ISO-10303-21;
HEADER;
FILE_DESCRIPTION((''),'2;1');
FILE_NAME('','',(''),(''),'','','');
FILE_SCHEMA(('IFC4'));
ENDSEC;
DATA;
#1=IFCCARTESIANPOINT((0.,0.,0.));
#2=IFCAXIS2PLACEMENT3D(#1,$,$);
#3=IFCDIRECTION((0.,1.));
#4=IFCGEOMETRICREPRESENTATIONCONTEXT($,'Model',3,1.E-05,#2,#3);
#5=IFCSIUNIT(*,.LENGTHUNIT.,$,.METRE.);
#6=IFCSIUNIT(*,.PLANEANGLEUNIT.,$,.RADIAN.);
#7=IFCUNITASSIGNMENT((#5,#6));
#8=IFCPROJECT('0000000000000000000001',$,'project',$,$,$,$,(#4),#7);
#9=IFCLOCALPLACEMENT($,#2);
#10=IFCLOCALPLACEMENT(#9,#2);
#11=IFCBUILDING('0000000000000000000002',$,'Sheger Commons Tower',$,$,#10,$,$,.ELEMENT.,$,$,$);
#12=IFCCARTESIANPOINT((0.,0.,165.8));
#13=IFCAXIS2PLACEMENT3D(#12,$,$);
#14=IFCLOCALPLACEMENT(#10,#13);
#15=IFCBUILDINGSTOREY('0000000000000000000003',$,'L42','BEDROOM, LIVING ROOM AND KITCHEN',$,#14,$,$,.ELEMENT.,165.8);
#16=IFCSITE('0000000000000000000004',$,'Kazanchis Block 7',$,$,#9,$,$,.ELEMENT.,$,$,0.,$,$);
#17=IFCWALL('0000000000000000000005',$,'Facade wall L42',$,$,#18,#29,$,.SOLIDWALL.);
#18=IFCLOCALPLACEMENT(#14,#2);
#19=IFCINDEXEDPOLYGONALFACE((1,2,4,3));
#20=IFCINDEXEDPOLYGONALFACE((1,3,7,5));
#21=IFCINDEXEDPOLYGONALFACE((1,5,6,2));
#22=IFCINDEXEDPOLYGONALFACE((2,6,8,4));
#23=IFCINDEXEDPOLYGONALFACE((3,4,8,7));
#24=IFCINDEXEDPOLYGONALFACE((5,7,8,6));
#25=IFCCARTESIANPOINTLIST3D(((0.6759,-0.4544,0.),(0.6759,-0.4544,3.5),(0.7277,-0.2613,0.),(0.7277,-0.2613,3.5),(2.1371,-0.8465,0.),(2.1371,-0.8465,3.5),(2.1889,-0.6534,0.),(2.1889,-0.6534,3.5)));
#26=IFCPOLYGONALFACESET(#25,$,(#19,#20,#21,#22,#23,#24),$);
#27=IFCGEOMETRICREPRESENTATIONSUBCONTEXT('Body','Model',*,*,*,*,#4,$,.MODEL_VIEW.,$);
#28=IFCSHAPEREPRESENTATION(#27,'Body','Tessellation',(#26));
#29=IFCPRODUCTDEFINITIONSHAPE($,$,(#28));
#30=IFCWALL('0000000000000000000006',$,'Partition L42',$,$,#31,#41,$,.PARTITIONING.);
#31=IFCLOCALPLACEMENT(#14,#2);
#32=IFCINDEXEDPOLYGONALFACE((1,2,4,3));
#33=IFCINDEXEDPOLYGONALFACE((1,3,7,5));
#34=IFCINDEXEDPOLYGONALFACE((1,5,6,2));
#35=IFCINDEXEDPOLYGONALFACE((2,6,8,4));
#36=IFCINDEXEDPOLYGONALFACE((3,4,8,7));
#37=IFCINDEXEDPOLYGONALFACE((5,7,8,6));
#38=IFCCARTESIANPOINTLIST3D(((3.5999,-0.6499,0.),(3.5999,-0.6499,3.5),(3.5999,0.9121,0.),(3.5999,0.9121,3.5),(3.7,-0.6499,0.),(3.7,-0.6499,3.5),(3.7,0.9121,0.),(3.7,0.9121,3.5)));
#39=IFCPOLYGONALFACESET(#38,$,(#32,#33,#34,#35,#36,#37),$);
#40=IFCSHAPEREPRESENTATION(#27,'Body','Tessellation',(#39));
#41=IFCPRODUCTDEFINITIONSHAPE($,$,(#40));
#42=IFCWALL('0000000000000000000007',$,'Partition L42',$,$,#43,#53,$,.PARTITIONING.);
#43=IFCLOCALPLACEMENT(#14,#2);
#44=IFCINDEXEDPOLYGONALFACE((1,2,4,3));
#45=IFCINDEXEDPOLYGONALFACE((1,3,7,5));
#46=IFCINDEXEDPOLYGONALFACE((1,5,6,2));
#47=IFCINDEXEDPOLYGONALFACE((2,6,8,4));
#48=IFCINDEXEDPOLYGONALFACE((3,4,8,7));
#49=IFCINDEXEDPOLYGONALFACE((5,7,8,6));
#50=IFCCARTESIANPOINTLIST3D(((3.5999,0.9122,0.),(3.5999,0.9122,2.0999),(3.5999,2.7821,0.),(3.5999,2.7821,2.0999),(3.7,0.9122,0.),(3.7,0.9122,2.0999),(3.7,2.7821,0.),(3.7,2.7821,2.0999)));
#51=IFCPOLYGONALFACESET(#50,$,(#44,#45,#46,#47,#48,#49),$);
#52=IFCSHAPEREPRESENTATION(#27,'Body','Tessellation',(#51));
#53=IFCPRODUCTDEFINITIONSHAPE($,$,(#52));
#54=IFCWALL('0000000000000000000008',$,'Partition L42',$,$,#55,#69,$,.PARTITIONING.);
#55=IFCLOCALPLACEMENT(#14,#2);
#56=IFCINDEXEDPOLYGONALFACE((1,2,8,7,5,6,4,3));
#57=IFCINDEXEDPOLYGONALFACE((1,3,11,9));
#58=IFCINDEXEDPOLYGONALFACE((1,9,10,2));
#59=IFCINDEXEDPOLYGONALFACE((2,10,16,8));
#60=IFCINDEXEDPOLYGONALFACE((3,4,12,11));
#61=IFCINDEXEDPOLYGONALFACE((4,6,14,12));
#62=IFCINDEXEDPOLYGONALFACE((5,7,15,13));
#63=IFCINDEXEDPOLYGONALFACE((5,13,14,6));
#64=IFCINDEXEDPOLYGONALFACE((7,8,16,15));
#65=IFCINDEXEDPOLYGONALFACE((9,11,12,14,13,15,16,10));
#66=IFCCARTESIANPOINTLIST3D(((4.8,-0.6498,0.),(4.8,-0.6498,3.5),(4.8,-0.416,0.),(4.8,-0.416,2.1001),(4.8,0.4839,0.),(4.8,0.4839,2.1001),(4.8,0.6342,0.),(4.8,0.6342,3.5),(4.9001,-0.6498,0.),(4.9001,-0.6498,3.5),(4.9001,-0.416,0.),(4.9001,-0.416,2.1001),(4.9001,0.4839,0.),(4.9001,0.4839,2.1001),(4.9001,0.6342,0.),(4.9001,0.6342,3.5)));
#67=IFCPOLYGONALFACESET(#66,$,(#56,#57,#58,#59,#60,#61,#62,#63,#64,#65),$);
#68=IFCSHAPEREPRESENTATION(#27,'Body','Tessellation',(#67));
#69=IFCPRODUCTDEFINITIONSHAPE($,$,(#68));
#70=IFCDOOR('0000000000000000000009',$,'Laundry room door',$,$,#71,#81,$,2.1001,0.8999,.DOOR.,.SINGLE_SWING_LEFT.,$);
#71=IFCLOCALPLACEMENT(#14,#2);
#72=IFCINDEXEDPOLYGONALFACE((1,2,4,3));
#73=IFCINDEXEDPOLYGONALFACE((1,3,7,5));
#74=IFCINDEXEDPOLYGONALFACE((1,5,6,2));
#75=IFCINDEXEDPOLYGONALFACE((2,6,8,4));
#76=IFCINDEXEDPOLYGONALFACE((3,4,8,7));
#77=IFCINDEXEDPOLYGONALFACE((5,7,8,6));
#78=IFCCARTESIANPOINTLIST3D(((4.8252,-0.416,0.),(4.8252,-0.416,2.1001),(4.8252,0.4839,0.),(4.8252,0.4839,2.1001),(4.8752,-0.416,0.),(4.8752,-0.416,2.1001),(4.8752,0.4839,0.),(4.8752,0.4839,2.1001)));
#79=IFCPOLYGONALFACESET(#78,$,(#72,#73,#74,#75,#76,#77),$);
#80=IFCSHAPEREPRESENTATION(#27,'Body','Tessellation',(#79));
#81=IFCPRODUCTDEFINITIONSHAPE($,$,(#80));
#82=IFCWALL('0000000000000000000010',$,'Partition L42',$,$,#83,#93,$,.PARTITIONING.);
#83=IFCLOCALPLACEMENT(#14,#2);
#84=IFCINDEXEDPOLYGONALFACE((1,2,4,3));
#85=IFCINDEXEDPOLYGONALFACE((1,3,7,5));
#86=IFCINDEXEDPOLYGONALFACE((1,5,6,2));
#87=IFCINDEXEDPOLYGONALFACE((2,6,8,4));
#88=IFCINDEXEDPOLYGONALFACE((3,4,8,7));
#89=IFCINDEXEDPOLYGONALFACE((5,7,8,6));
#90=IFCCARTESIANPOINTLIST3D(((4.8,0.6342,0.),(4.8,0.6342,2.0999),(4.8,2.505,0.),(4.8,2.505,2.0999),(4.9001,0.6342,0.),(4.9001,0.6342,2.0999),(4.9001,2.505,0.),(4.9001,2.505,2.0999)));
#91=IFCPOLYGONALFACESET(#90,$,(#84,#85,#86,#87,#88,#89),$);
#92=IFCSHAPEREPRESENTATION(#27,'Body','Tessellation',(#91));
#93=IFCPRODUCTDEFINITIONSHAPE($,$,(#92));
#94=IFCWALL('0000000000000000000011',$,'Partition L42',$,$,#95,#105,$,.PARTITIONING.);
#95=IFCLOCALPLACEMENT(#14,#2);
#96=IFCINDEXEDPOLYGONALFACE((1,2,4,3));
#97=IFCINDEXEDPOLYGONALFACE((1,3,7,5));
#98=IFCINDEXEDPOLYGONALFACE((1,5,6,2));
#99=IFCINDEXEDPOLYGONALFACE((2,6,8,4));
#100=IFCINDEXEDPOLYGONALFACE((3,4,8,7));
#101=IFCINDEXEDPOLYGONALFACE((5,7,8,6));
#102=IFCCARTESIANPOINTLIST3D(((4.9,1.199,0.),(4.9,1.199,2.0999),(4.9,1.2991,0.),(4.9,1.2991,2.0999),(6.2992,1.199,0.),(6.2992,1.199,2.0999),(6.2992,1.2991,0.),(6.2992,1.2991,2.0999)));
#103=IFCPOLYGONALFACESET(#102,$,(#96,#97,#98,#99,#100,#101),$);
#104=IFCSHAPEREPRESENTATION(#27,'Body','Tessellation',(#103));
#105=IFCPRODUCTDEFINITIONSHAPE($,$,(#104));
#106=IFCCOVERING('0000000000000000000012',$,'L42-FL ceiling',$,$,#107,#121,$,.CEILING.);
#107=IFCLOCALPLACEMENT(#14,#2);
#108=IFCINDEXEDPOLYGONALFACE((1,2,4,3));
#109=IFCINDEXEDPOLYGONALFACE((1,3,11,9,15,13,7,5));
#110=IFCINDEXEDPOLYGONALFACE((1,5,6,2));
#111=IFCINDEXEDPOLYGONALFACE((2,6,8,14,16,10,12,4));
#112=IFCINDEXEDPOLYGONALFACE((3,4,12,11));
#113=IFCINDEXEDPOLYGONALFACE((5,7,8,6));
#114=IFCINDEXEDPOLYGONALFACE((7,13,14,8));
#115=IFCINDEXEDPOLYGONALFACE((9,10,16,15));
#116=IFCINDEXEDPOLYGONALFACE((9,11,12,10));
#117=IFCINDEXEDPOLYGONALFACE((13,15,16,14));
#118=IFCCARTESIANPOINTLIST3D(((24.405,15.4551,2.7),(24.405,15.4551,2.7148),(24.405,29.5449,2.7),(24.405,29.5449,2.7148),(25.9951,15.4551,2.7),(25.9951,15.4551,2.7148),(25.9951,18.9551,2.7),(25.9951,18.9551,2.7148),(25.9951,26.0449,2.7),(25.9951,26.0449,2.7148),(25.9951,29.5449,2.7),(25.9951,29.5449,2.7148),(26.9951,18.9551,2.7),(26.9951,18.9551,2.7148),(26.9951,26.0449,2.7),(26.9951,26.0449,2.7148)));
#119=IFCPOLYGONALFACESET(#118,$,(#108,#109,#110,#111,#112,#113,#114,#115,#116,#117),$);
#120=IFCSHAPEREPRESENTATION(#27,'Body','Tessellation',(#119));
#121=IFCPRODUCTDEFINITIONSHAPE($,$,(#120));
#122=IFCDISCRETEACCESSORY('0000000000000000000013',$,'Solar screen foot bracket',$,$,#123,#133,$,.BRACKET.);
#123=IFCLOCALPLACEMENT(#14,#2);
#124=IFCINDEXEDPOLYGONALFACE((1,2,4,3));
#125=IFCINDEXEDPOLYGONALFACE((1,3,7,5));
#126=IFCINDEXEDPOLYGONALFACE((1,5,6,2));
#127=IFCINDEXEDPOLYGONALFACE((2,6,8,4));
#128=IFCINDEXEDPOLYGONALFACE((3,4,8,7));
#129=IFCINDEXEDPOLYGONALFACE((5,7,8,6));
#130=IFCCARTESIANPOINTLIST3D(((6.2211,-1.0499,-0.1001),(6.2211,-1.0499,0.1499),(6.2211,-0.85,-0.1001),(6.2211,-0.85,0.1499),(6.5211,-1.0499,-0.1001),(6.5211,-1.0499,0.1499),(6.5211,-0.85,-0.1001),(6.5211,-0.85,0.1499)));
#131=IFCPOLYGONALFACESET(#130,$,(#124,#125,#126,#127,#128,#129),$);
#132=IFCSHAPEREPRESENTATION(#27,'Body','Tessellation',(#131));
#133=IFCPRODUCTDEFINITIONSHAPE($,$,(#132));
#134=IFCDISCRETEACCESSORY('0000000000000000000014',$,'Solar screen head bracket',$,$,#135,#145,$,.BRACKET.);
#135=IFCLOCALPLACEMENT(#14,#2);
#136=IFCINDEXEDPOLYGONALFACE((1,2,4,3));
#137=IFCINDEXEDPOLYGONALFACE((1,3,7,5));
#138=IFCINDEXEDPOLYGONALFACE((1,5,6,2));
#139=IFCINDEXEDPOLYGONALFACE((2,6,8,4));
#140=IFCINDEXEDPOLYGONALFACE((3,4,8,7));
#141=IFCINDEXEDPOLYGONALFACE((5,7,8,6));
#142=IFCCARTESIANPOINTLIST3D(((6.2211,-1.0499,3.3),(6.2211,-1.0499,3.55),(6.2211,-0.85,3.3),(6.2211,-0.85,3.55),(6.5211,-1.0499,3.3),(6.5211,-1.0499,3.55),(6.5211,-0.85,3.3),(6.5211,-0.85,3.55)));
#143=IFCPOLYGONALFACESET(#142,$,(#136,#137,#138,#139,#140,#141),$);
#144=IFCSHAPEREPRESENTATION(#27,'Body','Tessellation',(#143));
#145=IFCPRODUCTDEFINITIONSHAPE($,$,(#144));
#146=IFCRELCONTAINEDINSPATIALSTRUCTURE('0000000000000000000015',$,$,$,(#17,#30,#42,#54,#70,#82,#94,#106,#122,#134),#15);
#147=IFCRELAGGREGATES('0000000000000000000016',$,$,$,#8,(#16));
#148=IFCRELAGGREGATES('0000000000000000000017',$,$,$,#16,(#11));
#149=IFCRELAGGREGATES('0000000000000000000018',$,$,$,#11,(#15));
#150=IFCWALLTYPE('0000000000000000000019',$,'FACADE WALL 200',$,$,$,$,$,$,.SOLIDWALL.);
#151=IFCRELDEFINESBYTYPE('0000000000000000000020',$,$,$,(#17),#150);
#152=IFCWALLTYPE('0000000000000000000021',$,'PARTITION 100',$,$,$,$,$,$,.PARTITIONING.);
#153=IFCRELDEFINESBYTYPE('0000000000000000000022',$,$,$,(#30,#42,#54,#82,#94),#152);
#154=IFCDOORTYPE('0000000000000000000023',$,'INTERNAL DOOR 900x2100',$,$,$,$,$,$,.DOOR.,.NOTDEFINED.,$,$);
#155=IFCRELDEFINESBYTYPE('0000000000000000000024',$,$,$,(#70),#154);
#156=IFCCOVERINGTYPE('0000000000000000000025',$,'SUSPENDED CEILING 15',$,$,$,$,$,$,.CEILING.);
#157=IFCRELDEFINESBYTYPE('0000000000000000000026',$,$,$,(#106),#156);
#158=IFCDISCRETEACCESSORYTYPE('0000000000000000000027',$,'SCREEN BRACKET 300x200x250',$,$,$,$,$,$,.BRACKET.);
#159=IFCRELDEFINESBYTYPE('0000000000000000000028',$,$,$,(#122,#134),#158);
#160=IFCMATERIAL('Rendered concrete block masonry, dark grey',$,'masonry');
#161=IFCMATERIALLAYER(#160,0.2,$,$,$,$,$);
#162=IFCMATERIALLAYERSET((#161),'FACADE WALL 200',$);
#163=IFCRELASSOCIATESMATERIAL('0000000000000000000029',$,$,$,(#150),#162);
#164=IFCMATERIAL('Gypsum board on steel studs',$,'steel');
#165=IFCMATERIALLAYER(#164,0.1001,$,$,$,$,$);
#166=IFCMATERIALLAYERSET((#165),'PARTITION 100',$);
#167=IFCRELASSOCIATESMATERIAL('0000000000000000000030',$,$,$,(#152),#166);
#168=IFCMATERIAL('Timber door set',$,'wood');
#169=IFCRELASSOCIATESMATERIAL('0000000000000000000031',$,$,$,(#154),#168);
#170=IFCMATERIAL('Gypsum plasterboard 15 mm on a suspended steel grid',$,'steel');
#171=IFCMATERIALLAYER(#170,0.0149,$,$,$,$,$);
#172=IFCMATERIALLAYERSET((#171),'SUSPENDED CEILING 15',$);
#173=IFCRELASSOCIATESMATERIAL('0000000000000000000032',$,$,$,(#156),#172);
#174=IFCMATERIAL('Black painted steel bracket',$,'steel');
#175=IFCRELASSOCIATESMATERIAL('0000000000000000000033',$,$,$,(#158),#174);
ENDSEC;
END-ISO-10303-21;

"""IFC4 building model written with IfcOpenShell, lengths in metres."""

from ifc_helpers import new_model, si_unit, direction, frame, frame_2d, origin, origin_2d, place, context, subcontext, project, spatial, polyline, rectangle, outline, extrude, material, layer, layer_set, type_object, element, fill, save


model = new_model("IFC4")

# Units and contexts
model_context = context("Model", 3, precision=1e-05, world=origin(), true_north=direction((0.0, 1.0)))
body_context = subcontext(model_context, "Body", "Model", "MODEL_VIEW")
ifc_project = project(units=[si_unit("LENGTHUNIT", "METRE"), si_unit("PLANEANGLEUNIT", "RADIAN")], contexts=[model_context])

# Site, building, storey
site_placement = place(None, origin())
site = spatial("IfcSite", under=ifc_project, at=site_placement, Name="Kazanchis Block 7", CompositionType="ELEMENT", RefElevation=0.0)
building_placement = place(site_placement, origin())
building = spatial("IfcBuilding", under=site, at=building_placement, Name="Sheger Commons Tower", CompositionType="ELEMENT")
storey_placement = place(building_placement, frame((0.0, 0.0, 165.8)))
storey = spatial("IfcBuildingStorey", under=building, at=storey_placement, Name="L42", Description="BEDROOM, LIVING ROOM AND KITCHEN", CompositionType="ELEMENT", Elevation=165.8)

# Shared definitions
ifc_material_1 = material(Name="Rendered concrete block masonry, dark grey", Category="masonry")
ifc_layer_1 = layer(ifc_material_1, 0.2)
ifc_layer_set_1 = layer_set([ifc_layer_1], Name="FACADE WALL 200")
wall_type_1 = type_object("IfcWallType", Name="FACADE WALL 200", PredefinedType="SOLIDWALL", material=ifc_layer_set_1)

# Walls
wall_1_placement = place(storey_placement, frame((0.7019, -0.3579, 0.0), z_axis=(0.0, 0.0, 1.0), x_axis=(0.965832, -0.259169, 0.0)))
element("IfcWall", 1, at=wall_1_placement, inside=storey, type_object=wall_type_1, Name="Facade wall L42", PredefinedType="SOLIDWALL", context=body_context, shape_type="SweptSolid", body=[
    extrude(rectangle(XDim=1.5129, YDim=0.2, at=frame_2d((0.7563, 0.0))), origin(), (0.0, 0.0, 1.0), 3.5),
])
ifc_material_2 = material(Name="Gypsum board on steel studs", Category="steel")
ifc_layer_2 = layer(ifc_material_2, 0.1001)
ifc_layer_set_2 = layer_set([ifc_layer_2], Name="PARTITION 100")
wall_type_2 = type_object("IfcWallType", Name="PARTITION 100", PredefinedType="PARTITIONING", material=ifc_layer_set_2)
wall_2_placement = place(storey_placement, frame((3.6499, -0.6499, 0.0), z_axis=(0.0, 0.0, 1.0), x_axis=(0.0, 1.0, 0.0)))
element("IfcWall", 2, at=wall_2_placement, inside=storey, type_object=wall_type_2, Name="Partition L42", PredefinedType="PARTITIONING", context=body_context, shape_type="SweptSolid", body=[
    extrude(rectangle(XDim=1.562, YDim=0.1001, at=frame_2d((0.781, 0.0))), origin(), (0.0, 0.0, 1.0), 3.5),
])
wall_3_placement = place(storey_placement, frame((3.6499, 0.9121, 0.0), z_axis=(0.0, 0.0, 1.0), x_axis=(0.0, 1.0, 0.0)))
element("IfcWall", 3, at=wall_3_placement, inside=storey, type_object=wall_type_2, Name="Partition L42", PredefinedType="PARTITIONING", context=body_context, shape_type="SweptSolid", body=[
    extrude(rectangle(XDim=1.8699, YDim=0.1001, at=frame_2d((0.9351, 0.0))), origin(), (0.0, 0.0, 1.0), 2.0999),
])

# Wall, opening, door
wall_4_placement = place(storey_placement, frame((4.8501, -0.6499, 0.0), z_axis=(0.0, 0.0, 1.0), x_axis=(0.0, 1.0, 0.0)))
wall_4 = element("IfcWall", 4, at=wall_4_placement, inside=storey, type_object=wall_type_2, Name="Partition L42", PredefinedType="PARTITIONING", context=body_context, shape_type="SweptSolid", body=[
    extrude(rectangle(XDim=1.2839, YDim=0.1001, at=frame_2d((0.6421, 0.0))), origin(), (0.0, 0.0, 1.0), 3.5),
])
opening_1_placement = place(wall_4_placement, frame((0.2339, 0.0, 0.0)))
opening_1 = element("IfcOpeningElement", 5, at=opening_1_placement, cuts=wall_4, PredefinedType="OPENING", context=body_context, shape_type="SweptSolid", body=[
    extrude(rectangle(XDim=0.8999, YDim=2.1001, at=frame_2d((0.45, 1.05))), frame((0.0, 0.0601, 0.0), z_axis=(0.0, -1.0, 0.0), x_axis=(1.0, 0.0, 0.0)), (0.0, 0.0, 1.0), 0.1201),
])
ifc_material_3 = material(Name="Timber door set", Category="wood")
door_type = type_object("IfcDoorType", Name="INTERNAL DOOR 900x2100", OperationType="NOTDEFINED", PredefinedType="DOOR", material=ifc_material_3)
door_placement = place(opening_1_placement, origin())
door = element("IfcDoor", 6, at=door_placement, inside=storey, type_object=door_type, Name="Laundry room door", OperationType="SINGLE_SWING_LEFT", OverallHeight=2.1001, OverallWidth=0.8999, PredefinedType="DOOR", context=body_context, shape_type="SweptSolid", body=[
    extrude(rectangle(XDim=0.8999, YDim=2.1001, at=frame_2d((0.45, 1.05))), frame((0.0, 0.0249, 0.0), z_axis=(0.0, -1.0, 0.0), x_axis=(1.0, 0.0, 0.0)), (0.0, 0.0, 1.0), 0.05),
])
fill(opening_1, door)

# Walls
wall_5_placement = place(storey_placement, frame((4.8501, 0.634, 0.0), z_axis=(0.0, 0.0, 1.0), x_axis=(0.0, 1.0, 0.0)))
element("IfcWall", 7, at=wall_5_placement, inside=storey, type_object=wall_type_2, Name="Partition L42", PredefinedType="PARTITIONING", context=body_context, shape_type="SweptSolid", body=[
    extrude(rectangle(XDim=1.8708, YDim=0.1001, at=frame_2d((0.9355, 0.0))), origin(), (0.0, 0.0, 1.0), 2.0999),
])
wall_6_placement = place(storey_placement, frame((4.8999, 1.249, 0.0), z_axis=(0.0, 0.0, 1.0), x_axis=(1.0, 0.0, 0.0)))
element("IfcWall", 8, at=wall_6_placement, inside=storey, type_object=wall_type_2, Name="Partition L42", PredefinedType="PARTITIONING", context=body_context, shape_type="SweptSolid", body=[
    extrude(rectangle(XDim=1.3992, YDim=0.1001, at=frame_2d((0.6997, 0.0))), origin(), (0.0, 0.0, 1.0), 2.0999),
])

# Covering
ifc_material_4 = material(Name="Gypsum plasterboard 15 mm on a suspended steel grid", Category="steel")
ifc_layer_3 = layer(ifc_material_4, 0.0149)
ifc_layer_set_3 = layer_set([ifc_layer_3], Name="SUSPENDED CEILING 15")
covering_type = type_object("IfcCoveringType", Name="SUSPENDED CEILING 15", PredefinedType="CEILING", material=ifc_layer_set_3)
covering_placement = place(storey_placement, frame((0.0, 0.0, 2.7)))
element("IfcCovering", 9, at=covering_placement, inside=storey, type_object=covering_type, Name="L42-FL ceiling", PredefinedType="CEILING", context=body_context, shape_type="SweptSolid", body=[
    extrude(outline(polyline([(24.405, 15.4551), (25.9951, 15.4551), (25.9951, 18.9551), (26.9951, 18.9551), (26.9951, 26.0449), (25.9951, 26.0449), (25.9951, 29.5449), (24.405, 29.5449), (24.405, 15.4551)])), origin(), (0.0, 0.0, 1.0), 0.0149),
])

# Discrete accessories
ifc_material_5 = material(Name="Black painted steel bracket", Category="steel")
discrete_accessory_type = type_object("IfcDiscreteAccessoryType", Name="SCREEN BRACKET 300x200x250", PredefinedType="BRACKET", material=ifc_material_5)
for number, where, z_axis, x_axis, name in (
    (10, (6.3711, -0.95, -0.1001), (0.0, 0.0, 1.0), (1.0, 0.0, 0.0), "Solar screen foot bracket"),
    (11, (6.3711, -0.95, 3.3), (0.0, 0.0, 1.0), (1.0, 0.0, 0.0), "Solar screen head bracket"),
):
    element("IfcDiscreteAccessory", number, at=place(storey_placement, frame(where, z_axis=z_axis, x_axis=x_axis)), inside=storey, type_object=discrete_accessory_type, Name=name, PredefinedType="BRACKET", context=body_context, shape_type="SweptSolid", body=[
        extrude(rectangle(XDim=0.3, YDim=0.2, at=origin_2d()), origin(), (0.0, 0.0, 1.0), 0.25),
    ])

save(model, "model.ifc")
